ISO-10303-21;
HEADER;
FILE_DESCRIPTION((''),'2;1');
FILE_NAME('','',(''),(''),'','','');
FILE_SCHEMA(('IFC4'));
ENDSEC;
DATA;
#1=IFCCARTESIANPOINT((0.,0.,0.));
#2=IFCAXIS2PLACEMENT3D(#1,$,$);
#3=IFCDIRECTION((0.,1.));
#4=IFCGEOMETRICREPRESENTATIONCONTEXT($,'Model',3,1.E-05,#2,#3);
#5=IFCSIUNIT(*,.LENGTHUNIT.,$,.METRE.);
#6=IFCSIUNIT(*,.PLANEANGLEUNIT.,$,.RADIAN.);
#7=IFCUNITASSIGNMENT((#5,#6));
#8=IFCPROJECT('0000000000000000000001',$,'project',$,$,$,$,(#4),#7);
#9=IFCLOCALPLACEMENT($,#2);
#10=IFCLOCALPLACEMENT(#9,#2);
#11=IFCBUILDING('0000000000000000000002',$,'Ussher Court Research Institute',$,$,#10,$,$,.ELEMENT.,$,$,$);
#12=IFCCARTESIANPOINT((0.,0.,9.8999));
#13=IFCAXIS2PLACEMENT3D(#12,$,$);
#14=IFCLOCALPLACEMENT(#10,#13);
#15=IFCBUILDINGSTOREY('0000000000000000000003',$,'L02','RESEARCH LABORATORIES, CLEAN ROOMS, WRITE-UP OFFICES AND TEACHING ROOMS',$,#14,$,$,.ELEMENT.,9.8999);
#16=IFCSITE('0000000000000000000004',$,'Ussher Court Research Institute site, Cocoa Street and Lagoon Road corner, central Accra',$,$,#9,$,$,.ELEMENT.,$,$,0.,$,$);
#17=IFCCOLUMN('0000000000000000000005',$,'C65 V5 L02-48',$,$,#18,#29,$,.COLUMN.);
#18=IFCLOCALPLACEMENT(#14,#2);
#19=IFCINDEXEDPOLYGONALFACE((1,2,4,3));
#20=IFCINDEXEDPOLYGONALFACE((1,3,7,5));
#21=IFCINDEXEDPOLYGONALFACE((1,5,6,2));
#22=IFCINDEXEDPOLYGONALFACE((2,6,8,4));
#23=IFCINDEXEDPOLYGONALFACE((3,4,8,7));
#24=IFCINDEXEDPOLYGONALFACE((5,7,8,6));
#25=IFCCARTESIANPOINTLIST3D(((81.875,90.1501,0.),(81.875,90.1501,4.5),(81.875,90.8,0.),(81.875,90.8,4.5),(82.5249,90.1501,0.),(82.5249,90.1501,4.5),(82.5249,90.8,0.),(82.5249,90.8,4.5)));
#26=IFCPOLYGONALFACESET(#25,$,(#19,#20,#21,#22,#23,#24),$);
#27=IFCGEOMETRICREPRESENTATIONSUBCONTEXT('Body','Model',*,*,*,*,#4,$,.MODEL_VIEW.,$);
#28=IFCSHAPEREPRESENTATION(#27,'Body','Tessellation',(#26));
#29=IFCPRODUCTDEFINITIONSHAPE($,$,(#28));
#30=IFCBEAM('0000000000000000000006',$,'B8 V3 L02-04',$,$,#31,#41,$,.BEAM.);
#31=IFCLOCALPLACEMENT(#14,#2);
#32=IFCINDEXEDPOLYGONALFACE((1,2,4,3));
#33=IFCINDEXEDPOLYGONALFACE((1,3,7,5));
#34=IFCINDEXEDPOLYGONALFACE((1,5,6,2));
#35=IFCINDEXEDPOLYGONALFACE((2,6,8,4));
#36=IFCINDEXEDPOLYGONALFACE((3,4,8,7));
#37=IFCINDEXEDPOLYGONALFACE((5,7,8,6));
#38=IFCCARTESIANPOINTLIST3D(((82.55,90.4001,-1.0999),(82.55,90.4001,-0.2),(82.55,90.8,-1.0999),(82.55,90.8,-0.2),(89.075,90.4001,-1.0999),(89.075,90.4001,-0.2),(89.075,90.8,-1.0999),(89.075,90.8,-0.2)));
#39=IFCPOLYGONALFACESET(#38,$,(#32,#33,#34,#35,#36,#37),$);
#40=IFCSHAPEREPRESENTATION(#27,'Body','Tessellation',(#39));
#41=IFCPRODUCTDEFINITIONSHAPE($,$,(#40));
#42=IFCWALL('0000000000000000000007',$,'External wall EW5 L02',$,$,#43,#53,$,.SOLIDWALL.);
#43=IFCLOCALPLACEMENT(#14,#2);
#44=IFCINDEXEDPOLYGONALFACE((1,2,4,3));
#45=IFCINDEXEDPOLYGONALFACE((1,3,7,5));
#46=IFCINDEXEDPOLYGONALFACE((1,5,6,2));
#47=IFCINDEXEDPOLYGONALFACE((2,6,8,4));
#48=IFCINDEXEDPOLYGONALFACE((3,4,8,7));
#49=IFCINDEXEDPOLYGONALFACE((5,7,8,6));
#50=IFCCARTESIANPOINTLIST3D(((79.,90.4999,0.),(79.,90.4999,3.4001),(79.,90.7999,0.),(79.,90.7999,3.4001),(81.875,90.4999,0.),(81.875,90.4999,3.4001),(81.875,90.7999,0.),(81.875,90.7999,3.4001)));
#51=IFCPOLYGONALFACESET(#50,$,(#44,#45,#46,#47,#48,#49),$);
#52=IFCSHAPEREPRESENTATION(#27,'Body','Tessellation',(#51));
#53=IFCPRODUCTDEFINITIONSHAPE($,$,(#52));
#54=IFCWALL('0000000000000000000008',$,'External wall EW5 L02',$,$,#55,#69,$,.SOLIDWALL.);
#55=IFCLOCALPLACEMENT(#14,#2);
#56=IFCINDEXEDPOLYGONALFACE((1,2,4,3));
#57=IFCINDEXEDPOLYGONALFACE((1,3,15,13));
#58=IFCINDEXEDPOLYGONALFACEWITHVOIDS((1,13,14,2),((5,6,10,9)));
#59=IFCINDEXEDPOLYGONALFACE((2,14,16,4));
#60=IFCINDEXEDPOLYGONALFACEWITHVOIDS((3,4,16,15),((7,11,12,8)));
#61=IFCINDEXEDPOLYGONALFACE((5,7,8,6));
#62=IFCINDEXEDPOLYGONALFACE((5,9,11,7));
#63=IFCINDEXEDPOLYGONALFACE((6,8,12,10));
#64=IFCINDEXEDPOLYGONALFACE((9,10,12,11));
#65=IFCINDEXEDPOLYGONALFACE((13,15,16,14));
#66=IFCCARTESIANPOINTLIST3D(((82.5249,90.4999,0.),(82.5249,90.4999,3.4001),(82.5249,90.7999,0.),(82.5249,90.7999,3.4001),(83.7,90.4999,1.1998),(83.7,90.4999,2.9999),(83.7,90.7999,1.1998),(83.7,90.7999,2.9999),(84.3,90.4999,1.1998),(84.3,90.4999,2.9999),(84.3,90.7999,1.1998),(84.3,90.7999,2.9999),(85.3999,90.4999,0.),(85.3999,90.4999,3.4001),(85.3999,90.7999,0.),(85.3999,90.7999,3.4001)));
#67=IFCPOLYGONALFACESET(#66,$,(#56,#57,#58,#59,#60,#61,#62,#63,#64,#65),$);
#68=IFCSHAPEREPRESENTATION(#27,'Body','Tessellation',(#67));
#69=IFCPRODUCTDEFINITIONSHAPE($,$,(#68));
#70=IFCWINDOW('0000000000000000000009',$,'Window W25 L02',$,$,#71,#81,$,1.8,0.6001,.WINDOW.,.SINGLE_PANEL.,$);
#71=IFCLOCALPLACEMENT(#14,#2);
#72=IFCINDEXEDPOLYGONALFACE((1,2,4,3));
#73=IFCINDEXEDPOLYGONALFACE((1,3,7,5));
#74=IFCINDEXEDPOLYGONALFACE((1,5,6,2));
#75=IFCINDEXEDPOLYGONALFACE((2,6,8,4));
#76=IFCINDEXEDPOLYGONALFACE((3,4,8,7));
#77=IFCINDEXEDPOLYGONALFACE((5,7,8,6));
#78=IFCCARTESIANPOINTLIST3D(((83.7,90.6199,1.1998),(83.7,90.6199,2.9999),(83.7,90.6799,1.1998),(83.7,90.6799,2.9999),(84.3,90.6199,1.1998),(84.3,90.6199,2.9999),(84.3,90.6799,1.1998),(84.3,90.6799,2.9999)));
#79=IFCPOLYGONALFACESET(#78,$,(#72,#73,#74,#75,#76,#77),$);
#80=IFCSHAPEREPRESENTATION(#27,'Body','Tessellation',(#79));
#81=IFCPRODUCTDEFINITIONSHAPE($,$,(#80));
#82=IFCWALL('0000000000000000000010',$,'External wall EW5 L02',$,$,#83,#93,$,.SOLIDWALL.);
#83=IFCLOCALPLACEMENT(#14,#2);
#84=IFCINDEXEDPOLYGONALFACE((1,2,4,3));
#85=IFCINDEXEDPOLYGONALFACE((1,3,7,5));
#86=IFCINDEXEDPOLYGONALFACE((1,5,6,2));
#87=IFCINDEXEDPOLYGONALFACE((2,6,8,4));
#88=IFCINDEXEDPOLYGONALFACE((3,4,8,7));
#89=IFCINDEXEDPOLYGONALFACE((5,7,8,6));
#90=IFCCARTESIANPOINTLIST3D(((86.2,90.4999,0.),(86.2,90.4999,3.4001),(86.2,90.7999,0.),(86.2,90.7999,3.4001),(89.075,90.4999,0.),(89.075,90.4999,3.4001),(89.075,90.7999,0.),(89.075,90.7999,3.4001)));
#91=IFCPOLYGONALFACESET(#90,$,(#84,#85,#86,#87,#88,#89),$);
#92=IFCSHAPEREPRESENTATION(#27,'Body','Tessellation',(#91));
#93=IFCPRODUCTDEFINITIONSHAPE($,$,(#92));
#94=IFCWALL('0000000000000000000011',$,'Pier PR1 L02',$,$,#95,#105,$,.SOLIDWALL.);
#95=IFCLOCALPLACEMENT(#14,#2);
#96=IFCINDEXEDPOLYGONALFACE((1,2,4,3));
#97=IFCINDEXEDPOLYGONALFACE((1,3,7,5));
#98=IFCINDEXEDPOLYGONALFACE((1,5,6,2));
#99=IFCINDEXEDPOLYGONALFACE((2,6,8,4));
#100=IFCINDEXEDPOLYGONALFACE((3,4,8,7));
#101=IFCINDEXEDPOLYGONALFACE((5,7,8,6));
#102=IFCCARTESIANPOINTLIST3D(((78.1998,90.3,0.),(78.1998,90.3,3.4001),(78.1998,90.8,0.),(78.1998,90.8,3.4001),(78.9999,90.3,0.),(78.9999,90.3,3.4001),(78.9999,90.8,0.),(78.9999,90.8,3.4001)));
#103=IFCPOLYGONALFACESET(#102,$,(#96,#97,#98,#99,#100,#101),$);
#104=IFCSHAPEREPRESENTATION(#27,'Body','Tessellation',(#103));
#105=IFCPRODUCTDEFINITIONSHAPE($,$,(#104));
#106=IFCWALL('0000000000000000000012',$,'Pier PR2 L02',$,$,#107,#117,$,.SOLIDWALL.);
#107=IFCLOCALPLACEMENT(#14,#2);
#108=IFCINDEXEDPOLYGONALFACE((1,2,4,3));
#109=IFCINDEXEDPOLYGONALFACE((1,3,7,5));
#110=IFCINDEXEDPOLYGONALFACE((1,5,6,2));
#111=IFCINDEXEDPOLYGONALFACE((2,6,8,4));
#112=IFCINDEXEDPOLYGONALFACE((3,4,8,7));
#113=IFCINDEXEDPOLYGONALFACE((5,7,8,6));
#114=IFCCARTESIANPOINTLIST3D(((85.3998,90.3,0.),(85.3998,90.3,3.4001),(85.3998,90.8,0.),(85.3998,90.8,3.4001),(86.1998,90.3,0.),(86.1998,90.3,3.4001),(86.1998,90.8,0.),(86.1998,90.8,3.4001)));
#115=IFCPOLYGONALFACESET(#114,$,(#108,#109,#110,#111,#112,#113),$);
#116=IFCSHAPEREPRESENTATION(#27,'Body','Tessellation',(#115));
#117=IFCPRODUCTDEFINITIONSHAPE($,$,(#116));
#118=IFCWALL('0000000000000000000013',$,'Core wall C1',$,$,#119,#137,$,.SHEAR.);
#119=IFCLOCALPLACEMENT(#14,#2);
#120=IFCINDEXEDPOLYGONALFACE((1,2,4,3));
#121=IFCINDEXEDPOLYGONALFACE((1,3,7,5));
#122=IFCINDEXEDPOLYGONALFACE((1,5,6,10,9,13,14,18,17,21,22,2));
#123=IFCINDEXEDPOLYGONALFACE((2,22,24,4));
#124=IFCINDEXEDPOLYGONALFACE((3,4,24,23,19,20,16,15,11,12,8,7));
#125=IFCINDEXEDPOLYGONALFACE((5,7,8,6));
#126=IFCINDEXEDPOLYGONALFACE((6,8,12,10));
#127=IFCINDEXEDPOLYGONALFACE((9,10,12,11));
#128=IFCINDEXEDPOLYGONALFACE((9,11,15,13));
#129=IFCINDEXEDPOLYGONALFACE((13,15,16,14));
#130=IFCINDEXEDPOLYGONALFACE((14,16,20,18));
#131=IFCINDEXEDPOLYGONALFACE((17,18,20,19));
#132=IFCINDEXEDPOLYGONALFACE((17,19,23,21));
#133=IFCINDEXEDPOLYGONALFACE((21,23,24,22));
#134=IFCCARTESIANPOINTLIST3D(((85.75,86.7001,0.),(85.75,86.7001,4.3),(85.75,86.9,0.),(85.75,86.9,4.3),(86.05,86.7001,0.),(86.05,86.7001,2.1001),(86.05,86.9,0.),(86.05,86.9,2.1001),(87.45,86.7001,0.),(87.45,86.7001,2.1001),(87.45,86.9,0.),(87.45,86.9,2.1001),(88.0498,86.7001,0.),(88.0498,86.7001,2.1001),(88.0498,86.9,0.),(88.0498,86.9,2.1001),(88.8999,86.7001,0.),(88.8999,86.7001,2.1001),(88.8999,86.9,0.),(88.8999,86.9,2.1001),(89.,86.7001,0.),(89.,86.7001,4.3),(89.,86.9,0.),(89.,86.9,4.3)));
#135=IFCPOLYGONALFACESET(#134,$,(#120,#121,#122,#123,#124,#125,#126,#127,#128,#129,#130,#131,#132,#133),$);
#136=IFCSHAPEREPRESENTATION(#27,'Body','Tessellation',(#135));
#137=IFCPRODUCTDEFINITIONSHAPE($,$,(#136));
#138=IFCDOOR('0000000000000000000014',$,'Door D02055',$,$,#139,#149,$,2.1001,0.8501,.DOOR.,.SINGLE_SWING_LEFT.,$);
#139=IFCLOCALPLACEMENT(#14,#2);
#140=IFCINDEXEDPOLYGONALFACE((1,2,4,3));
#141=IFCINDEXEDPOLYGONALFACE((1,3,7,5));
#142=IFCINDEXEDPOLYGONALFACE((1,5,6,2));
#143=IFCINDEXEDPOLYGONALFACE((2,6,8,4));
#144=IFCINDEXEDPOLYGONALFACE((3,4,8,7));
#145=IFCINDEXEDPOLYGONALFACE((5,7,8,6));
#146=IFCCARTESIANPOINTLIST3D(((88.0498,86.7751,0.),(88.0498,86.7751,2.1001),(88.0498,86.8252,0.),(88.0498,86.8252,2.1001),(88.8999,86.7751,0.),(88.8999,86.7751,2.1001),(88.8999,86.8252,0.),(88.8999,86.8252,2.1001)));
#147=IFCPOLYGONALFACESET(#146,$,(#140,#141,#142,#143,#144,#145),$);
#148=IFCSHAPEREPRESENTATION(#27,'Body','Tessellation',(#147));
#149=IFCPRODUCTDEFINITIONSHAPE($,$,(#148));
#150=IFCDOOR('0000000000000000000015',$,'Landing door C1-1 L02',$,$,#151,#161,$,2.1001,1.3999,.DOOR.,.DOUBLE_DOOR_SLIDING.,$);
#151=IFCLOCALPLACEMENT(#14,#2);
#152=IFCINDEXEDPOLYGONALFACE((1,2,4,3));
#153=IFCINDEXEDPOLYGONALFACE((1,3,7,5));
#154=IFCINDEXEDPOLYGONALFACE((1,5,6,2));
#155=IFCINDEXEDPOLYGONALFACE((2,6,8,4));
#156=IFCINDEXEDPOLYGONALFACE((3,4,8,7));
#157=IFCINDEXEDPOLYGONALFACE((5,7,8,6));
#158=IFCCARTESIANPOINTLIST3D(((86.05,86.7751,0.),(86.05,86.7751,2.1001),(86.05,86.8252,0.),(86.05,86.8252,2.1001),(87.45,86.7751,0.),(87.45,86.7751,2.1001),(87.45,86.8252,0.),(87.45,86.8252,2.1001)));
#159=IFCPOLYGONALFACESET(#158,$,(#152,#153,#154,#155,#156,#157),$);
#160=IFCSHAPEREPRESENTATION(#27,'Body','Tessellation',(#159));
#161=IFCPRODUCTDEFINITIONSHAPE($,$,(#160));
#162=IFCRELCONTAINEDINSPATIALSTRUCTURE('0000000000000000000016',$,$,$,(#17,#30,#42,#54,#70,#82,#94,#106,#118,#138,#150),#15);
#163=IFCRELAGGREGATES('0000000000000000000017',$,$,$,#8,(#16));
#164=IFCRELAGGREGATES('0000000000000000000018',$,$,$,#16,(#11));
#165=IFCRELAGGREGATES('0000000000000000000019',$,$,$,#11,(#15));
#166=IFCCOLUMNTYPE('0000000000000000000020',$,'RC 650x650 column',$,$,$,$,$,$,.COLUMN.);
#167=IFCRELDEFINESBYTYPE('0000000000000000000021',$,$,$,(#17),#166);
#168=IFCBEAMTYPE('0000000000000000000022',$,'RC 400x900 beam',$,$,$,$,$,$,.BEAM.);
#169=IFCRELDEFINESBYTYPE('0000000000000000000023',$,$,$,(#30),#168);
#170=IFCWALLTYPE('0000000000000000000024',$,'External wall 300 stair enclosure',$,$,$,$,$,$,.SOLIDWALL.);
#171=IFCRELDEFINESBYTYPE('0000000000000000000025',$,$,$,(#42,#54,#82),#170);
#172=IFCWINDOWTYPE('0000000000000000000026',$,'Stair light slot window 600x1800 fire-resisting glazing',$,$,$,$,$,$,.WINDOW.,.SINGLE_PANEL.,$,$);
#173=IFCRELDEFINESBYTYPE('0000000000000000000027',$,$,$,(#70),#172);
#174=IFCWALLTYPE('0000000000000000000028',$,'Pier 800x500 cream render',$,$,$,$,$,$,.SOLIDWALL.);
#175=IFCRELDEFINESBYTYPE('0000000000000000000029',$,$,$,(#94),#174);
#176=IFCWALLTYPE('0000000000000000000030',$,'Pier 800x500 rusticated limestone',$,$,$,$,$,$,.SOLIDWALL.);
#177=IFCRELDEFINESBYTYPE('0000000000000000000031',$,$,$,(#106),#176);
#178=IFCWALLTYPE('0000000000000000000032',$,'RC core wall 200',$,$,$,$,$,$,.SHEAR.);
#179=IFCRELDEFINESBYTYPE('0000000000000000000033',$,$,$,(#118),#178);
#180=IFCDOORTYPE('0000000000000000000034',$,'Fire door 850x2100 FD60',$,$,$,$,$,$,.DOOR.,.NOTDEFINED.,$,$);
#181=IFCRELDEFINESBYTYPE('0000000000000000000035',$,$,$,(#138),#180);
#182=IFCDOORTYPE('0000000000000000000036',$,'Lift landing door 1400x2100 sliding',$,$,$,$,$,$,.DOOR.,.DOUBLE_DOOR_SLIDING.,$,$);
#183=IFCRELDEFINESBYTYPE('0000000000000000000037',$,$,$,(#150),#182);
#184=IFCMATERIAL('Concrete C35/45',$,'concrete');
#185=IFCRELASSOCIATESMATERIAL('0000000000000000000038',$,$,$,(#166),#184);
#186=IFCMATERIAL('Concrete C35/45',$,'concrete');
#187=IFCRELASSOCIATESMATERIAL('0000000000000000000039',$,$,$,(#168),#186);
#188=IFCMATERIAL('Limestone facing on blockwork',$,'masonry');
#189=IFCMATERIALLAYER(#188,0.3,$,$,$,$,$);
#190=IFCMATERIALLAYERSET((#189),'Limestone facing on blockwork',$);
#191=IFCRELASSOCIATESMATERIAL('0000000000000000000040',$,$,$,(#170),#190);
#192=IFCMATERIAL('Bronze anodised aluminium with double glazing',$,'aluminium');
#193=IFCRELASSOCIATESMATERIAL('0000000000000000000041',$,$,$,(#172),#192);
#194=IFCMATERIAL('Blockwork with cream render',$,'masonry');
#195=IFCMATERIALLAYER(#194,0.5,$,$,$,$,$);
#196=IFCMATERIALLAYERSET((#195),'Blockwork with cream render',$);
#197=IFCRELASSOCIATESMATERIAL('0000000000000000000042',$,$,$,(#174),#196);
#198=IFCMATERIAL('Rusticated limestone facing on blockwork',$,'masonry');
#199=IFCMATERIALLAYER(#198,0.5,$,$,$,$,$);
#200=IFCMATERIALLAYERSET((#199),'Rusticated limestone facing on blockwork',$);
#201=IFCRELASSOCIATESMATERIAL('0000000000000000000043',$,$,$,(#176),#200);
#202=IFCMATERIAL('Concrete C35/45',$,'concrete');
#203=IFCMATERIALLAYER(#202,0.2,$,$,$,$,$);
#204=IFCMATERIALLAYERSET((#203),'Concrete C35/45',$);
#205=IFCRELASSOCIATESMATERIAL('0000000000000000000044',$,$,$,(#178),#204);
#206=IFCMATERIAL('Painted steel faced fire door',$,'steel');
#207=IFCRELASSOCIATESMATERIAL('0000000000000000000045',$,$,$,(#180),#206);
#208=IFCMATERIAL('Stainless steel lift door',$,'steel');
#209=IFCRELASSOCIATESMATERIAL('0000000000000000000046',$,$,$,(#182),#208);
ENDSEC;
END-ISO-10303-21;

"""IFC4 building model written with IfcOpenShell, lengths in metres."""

from ifc_helpers import new_model, si_unit, direction, frame, frame_2d, origin, origin_2d, place, context, subcontext, project, spatial, rectangle, extrude, material, layer, layer_set, material_profile, profile_set, type_object, element, fill, save


model = new_model("IFC4")

# Units and contexts
model_context = context("Model", 3, precision=1e-05, world=origin(), true_north=direction((0.0, 1.0)))
body_context = subcontext(model_context, "Body", "Model", "MODEL_VIEW")
ifc_project = project(units=[si_unit("LENGTHUNIT", "METRE"), si_unit("PLANEANGLEUNIT", "RADIAN")], contexts=[model_context])

# Site, building, storey
site_placement = place(None, origin())
site = spatial("IfcSite", under=ifc_project, at=site_placement, Name="Ussher Court Research Institute site, Cocoa Street and Lagoon Road corner, central Accra", CompositionType="ELEMENT", RefElevation=0.0)
building_placement = place(site_placement, origin())
building = spatial("IfcBuilding", under=site, at=building_placement, Name="Ussher Court Research Institute", CompositionType="ELEMENT")
storey_placement = place(building_placement, frame((0.0, 0.0, 9.8999)))
storey = spatial("IfcBuildingStorey", under=building, at=storey_placement, Name="L02", Description="RESEARCH LABORATORIES, CLEAN ROOMS, WRITE-UP OFFICES AND TEACHING ROOMS", CompositionType="ELEMENT", Elevation=9.8999)

# Column
ifc_material_1 = material(Name="Concrete C35/45", Category="concrete")
ifc_material_profile_1 = material_profile(ifc_material_1, rectangle(XDim=0.6499, YDim=0.6499, at=origin_2d()), Name="RC 650x650")
ifc_profile_set_1 = profile_set([ifc_material_profile_1], Name="Concrete C35/45")
column_type = type_object("IfcColumnType", Name="RC 650x650 column", PredefinedType="COLUMN", material=ifc_profile_set_1)
column_placement = place(storey_placement, frame((82.2, 90.4751, 0.0), z_axis=(0.0, 0.0, 1.0), x_axis=(1.0, 0.0, 0.0)))
element("IfcColumn", 1, at=column_placement, inside=storey, type_object=column_type, Name="C65 V5 L02-48", PredefinedType="COLUMN", context=body_context, shape_type="SweptSolid", body=[
    extrude(rectangle(XDim=0.6499, YDim=0.6499, at=origin_2d()), origin(), (0.0, 0.0, 1.0), 4.5),
])

# Beam
ifc_material_2 = material(Name="Concrete C35/45", Category="concrete")
ifc_material_profile_2 = material_profile(ifc_material_2, rectangle(XDim=0.3999, YDim=0.8999, at=origin_2d()), Name="RC 400x900")
ifc_profile_set_2 = profile_set([ifc_material_profile_2], Name="Concrete C35/45")
beam_type = type_object("IfcBeamType", Name="RC 400x900 beam", PredefinedType="BEAM", material=ifc_profile_set_2)
beam_placement = place(storey_placement, frame((82.55, 90.6001, -0.6499), z_axis=(1.0, 0.0, 0.0), x_axis=(0.0, 1.0, 0.0)))
element("IfcBeam", 2, at=beam_placement, inside=storey, type_object=beam_type, Name="B8 V3 L02-04", PredefinedType="BEAM", context=body_context, shape_type="SweptSolid", body=[
    extrude(rectangle(XDim=0.3999, YDim=0.8999, at=origin_2d()), origin(), (0.0, 0.0, 1.0), 6.5249),
])

# Wall
ifc_material_3 = material(Name="Limestone facing on blockwork", Category="masonry")
ifc_layer_1 = layer(ifc_material_3, 0.3)
ifc_layer_set_1 = layer_set([ifc_layer_1], Name="Limestone facing on blockwork")
wall_type_1 = type_object("IfcWallType", Name="External wall 300 stair enclosure", PredefinedType="SOLIDWALL", material=ifc_layer_set_1)
wall_1_placement = place(storey_placement, frame((79.0, 90.6499, 0.0), z_axis=(0.0, 0.0, 1.0), x_axis=(1.0, 0.0, 0.0)))
element("IfcWall", 3, at=wall_1_placement, inside=storey, type_object=wall_type_1, Name="External wall EW5 L02", PredefinedType="SOLIDWALL", context=body_context, shape_type="SweptSolid", body=[
    extrude(rectangle(XDim=2.875, YDim=0.3, at=frame_2d((1.4375, 0.0))), origin(), (0.0, 0.0, 1.0), 3.4001),
])

# Wall, opening, window
wall_2_placement = place(storey_placement, frame((82.5249, 90.6499, 0.0), z_axis=(0.0, 0.0, 1.0), x_axis=(1.0, 0.0, 0.0)))
wall_2 = element("IfcWall", 4, at=wall_2_placement, inside=storey, type_object=wall_type_1, Name="External wall EW5 L02", PredefinedType="SOLIDWALL", context=body_context, shape_type="SweptSolid", body=[
    extrude(rectangle(XDim=2.875, YDim=0.3, at=frame_2d((1.4375, 0.0))), origin(), (0.0, 0.0, 1.0), 3.4001),
])
opening_1_placement = place(wall_2_placement, frame((1.175, 0.0, 1.2)))
opening_1 = element("IfcOpeningElement", 5, at=opening_1_placement, cuts=wall_2, PredefinedType="OPENING", context=body_context, shape_type="SweptSolid", body=[
    extrude(rectangle(XDim=0.6001, YDim=1.8, at=frame_2d((0.3, 0.8999))), frame((0.0, 0.1602, 0.0), z_axis=(0.0, -1.0, 0.0), x_axis=(1.0, 0.0, 0.0)), (0.0, 0.0, 1.0), 0.3201),
])
ifc_material_4 = material(Name="Bronze anodised aluminium with double glazing", Category="aluminium")
window_type = type_object("IfcWindowType", Name="Stair light slot window 600x1800 fire-resisting glazing", PartitioningType="SINGLE_PANEL", PredefinedType="WINDOW", material=ifc_material_4)
window_1_placement = place(opening_1_placement, origin())
window_1 = element("IfcWindow", 6, at=window_1_placement, inside=storey, type_object=window_type, Name="Window W25 L02", OverallHeight=1.8, OverallWidth=0.6001, PartitioningType="SINGLE_PANEL", PredefinedType="WINDOW", context=body_context, shape_type="SweptSolid", body=[
    extrude(rectangle(XDim=0.6001, YDim=1.8, at=frame_2d((0.3, 0.8999))), frame((0.0, 0.03, 0.0), z_axis=(0.0, -1.0, 0.0), x_axis=(1.0, 0.0, 0.0)), (0.0, 0.0, 1.0), 0.0601),
])
fill(opening_1, window_1)

# Walls
wall_3_placement = place(storey_placement, frame((86.2, 90.6499, 0.0), z_axis=(0.0, 0.0, 1.0), x_axis=(1.0, 0.0, 0.0)))
element("IfcWall", 7, at=wall_3_placement, inside=storey, type_object=wall_type_1, Name="External wall EW5 L02", PredefinedType="SOLIDWALL", context=body_context, shape_type="SweptSolid", body=[
    extrude(rectangle(XDim=2.875, YDim=0.3, at=frame_2d((1.4375, 0.0))), origin(), (0.0, 0.0, 1.0), 3.4001),
])
ifc_material_5 = material(Name="Blockwork with cream render", Category="masonry")
ifc_layer_2 = layer(ifc_material_5, 0.5)
ifc_layer_set_2 = layer_set([ifc_layer_2], Name="Blockwork with cream render")
wall_type_2 = type_object("IfcWallType", Name="Pier 800x500 cream render", PredefinedType="SOLIDWALL", material=ifc_layer_set_2)
wall_4_placement = place(storey_placement, frame((78.2, 90.55, 0.0), z_axis=(0.0, 0.0, 1.0), x_axis=(1.0, 0.0, 0.0)))
element("IfcWall", 8, at=wall_4_placement, inside=storey, type_object=wall_type_2, Name="Pier PR1 L02", PredefinedType="SOLIDWALL", context=body_context, shape_type="SweptSolid", body=[
    extrude(rectangle(XDim=0.8, YDim=0.5, at=frame_2d((0.3999, 0.0))), origin(), (0.0, 0.0, 1.0), 3.4001),
])
ifc_material_6 = material(Name="Rusticated limestone facing on blockwork", Category="masonry")
ifc_layer_3 = layer(ifc_material_6, 0.5)
ifc_layer_set_3 = layer_set([ifc_layer_3], Name="Rusticated limestone facing on blockwork")
wall_type_3 = type_object("IfcWallType", Name="Pier 800x500 rusticated limestone", PredefinedType="SOLIDWALL", material=ifc_layer_set_3)
wall_5_placement = place(storey_placement, frame((85.3999, 90.55, 0.0), z_axis=(0.0, 0.0, 1.0), x_axis=(1.0, 0.0, 0.0)))
element("IfcWall", 9, at=wall_5_placement, inside=storey, type_object=wall_type_3, Name="Pier PR2 L02", PredefinedType="SOLIDWALL", context=body_context, shape_type="SweptSolid", body=[
    extrude(rectangle(XDim=0.8, YDim=0.5, at=frame_2d((0.3999, 0.0))), origin(), (0.0, 0.0, 1.0), 3.4001),
])

# Wall, openings, doors
ifc_material_7 = material(Name="Concrete C35/45", Category="concrete")
ifc_layer_4 = layer(ifc_material_7, 0.2)
ifc_layer_set_4 = layer_set([ifc_layer_4], Name="Concrete C35/45")
wall_type_4 = type_object("IfcWallType", Name="RC core wall 200", PredefinedType="SHEAR", material=ifc_layer_set_4)
wall_6_placement = place(storey_placement, frame((89.0, 86.8, 0.0), z_axis=(0.0, 0.0, 1.0), x_axis=(-1.0, 0.0, 0.0)))
wall_6 = element("IfcWall", 10, at=wall_6_placement, inside=storey, type_object=wall_type_4, Name="Core wall C1", PredefinedType="SHEAR", context=body_context, shape_type="SweptSolid", body=[
    extrude(rectangle(XDim=3.25, YDim=0.2, at=frame_2d((1.625, 0.0))), origin(), (0.0, 0.0, 1.0), 4.3),
])
opening_2_placement = place(wall_6_placement, frame((1.55, 0.0, 0.0)))
opening_2 = element("IfcOpeningElement", 11, at=opening_2_placement, cuts=wall_6, PredefinedType="OPENING", context=body_context, shape_type="SweptSolid", body=[
    extrude(rectangle(XDim=1.3999, YDim=2.1001, at=frame_2d((0.7, 1.05))), frame((0.0, 0.1099, 0.0), z_axis=(0.0, -1.0, 0.0), x_axis=(1.0, 0.0, 0.0)), (0.0, 0.0, 1.0), 0.22),
])
opening_3_placement = place(wall_6_placement, frame((0.1001, 0.0, 0.0)))
opening_3 = element("IfcOpeningElement", 12, at=opening_3_placement, cuts=wall_6, PredefinedType="OPENING", context=body_context, shape_type="SweptSolid", body=[
    extrude(rectangle(XDim=0.8501, YDim=2.1001, at=frame_2d((0.425, 1.05))), frame((0.0, 0.1099, 0.0), z_axis=(0.0, -1.0, 0.0), x_axis=(1.0, 0.0, 0.0)), (0.0, 0.0, 1.0), 0.22),
])
ifc_material_8 = material(Name="Painted steel faced fire door", Category="steel")
door_type_1 = type_object("IfcDoorType", Name="Fire door 850x2100 FD60", OperationType="NOTDEFINED", PredefinedType="DOOR", material=ifc_material_8)
door_1_placement = place(opening_3_placement, origin())
door_1 = element("IfcDoor", 13, at=door_1_placement, inside=storey, type_object=door_type_1, Name="Door D02055", OperationType="SINGLE_SWING_LEFT", OverallHeight=2.1001, OverallWidth=0.8501, PredefinedType="DOOR", context=body_context, shape_type="SweptSolid", body=[
    extrude(rectangle(XDim=0.8501, YDim=2.1001, at=frame_2d((0.425, 1.05))), frame((0.0, 0.0249, 0.0), z_axis=(0.0, -1.0, 0.0), x_axis=(1.0, 0.0, 0.0)), (0.0, 0.0, 1.0), 0.05),
])
fill(opening_3, door_1)
ifc_material_9 = material(Name="Stainless steel lift door", Category="steel")
door_type_2 = type_object("IfcDoorType", Name="Lift landing door 1400x2100 sliding", OperationType="DOUBLE_DOOR_SLIDING", PredefinedType="DOOR", material=ifc_material_9)
door_2_placement = place(opening_2_placement, origin())
door_2 = element("IfcDoor", 14, at=door_2_placement, inside=storey, type_object=door_type_2, Name="Landing door C1-1 L02", OperationType="DOUBLE_DOOR_SLIDING", OverallHeight=2.1001, OverallWidth=1.3999, PredefinedType="DOOR", context=body_context, shape_type="SweptSolid", body=[
    extrude(rectangle(XDim=1.3999, YDim=2.1001, at=frame_2d((0.7, 1.05))), frame((0.0, 0.0249, 0.0), z_axis=(0.0, -1.0, 0.0), x_axis=(1.0, 0.0, 0.0)), (0.0, 0.0, 1.0), 0.05),
])
fill(opening_2, door_2)

save(model, "model.ifc")
